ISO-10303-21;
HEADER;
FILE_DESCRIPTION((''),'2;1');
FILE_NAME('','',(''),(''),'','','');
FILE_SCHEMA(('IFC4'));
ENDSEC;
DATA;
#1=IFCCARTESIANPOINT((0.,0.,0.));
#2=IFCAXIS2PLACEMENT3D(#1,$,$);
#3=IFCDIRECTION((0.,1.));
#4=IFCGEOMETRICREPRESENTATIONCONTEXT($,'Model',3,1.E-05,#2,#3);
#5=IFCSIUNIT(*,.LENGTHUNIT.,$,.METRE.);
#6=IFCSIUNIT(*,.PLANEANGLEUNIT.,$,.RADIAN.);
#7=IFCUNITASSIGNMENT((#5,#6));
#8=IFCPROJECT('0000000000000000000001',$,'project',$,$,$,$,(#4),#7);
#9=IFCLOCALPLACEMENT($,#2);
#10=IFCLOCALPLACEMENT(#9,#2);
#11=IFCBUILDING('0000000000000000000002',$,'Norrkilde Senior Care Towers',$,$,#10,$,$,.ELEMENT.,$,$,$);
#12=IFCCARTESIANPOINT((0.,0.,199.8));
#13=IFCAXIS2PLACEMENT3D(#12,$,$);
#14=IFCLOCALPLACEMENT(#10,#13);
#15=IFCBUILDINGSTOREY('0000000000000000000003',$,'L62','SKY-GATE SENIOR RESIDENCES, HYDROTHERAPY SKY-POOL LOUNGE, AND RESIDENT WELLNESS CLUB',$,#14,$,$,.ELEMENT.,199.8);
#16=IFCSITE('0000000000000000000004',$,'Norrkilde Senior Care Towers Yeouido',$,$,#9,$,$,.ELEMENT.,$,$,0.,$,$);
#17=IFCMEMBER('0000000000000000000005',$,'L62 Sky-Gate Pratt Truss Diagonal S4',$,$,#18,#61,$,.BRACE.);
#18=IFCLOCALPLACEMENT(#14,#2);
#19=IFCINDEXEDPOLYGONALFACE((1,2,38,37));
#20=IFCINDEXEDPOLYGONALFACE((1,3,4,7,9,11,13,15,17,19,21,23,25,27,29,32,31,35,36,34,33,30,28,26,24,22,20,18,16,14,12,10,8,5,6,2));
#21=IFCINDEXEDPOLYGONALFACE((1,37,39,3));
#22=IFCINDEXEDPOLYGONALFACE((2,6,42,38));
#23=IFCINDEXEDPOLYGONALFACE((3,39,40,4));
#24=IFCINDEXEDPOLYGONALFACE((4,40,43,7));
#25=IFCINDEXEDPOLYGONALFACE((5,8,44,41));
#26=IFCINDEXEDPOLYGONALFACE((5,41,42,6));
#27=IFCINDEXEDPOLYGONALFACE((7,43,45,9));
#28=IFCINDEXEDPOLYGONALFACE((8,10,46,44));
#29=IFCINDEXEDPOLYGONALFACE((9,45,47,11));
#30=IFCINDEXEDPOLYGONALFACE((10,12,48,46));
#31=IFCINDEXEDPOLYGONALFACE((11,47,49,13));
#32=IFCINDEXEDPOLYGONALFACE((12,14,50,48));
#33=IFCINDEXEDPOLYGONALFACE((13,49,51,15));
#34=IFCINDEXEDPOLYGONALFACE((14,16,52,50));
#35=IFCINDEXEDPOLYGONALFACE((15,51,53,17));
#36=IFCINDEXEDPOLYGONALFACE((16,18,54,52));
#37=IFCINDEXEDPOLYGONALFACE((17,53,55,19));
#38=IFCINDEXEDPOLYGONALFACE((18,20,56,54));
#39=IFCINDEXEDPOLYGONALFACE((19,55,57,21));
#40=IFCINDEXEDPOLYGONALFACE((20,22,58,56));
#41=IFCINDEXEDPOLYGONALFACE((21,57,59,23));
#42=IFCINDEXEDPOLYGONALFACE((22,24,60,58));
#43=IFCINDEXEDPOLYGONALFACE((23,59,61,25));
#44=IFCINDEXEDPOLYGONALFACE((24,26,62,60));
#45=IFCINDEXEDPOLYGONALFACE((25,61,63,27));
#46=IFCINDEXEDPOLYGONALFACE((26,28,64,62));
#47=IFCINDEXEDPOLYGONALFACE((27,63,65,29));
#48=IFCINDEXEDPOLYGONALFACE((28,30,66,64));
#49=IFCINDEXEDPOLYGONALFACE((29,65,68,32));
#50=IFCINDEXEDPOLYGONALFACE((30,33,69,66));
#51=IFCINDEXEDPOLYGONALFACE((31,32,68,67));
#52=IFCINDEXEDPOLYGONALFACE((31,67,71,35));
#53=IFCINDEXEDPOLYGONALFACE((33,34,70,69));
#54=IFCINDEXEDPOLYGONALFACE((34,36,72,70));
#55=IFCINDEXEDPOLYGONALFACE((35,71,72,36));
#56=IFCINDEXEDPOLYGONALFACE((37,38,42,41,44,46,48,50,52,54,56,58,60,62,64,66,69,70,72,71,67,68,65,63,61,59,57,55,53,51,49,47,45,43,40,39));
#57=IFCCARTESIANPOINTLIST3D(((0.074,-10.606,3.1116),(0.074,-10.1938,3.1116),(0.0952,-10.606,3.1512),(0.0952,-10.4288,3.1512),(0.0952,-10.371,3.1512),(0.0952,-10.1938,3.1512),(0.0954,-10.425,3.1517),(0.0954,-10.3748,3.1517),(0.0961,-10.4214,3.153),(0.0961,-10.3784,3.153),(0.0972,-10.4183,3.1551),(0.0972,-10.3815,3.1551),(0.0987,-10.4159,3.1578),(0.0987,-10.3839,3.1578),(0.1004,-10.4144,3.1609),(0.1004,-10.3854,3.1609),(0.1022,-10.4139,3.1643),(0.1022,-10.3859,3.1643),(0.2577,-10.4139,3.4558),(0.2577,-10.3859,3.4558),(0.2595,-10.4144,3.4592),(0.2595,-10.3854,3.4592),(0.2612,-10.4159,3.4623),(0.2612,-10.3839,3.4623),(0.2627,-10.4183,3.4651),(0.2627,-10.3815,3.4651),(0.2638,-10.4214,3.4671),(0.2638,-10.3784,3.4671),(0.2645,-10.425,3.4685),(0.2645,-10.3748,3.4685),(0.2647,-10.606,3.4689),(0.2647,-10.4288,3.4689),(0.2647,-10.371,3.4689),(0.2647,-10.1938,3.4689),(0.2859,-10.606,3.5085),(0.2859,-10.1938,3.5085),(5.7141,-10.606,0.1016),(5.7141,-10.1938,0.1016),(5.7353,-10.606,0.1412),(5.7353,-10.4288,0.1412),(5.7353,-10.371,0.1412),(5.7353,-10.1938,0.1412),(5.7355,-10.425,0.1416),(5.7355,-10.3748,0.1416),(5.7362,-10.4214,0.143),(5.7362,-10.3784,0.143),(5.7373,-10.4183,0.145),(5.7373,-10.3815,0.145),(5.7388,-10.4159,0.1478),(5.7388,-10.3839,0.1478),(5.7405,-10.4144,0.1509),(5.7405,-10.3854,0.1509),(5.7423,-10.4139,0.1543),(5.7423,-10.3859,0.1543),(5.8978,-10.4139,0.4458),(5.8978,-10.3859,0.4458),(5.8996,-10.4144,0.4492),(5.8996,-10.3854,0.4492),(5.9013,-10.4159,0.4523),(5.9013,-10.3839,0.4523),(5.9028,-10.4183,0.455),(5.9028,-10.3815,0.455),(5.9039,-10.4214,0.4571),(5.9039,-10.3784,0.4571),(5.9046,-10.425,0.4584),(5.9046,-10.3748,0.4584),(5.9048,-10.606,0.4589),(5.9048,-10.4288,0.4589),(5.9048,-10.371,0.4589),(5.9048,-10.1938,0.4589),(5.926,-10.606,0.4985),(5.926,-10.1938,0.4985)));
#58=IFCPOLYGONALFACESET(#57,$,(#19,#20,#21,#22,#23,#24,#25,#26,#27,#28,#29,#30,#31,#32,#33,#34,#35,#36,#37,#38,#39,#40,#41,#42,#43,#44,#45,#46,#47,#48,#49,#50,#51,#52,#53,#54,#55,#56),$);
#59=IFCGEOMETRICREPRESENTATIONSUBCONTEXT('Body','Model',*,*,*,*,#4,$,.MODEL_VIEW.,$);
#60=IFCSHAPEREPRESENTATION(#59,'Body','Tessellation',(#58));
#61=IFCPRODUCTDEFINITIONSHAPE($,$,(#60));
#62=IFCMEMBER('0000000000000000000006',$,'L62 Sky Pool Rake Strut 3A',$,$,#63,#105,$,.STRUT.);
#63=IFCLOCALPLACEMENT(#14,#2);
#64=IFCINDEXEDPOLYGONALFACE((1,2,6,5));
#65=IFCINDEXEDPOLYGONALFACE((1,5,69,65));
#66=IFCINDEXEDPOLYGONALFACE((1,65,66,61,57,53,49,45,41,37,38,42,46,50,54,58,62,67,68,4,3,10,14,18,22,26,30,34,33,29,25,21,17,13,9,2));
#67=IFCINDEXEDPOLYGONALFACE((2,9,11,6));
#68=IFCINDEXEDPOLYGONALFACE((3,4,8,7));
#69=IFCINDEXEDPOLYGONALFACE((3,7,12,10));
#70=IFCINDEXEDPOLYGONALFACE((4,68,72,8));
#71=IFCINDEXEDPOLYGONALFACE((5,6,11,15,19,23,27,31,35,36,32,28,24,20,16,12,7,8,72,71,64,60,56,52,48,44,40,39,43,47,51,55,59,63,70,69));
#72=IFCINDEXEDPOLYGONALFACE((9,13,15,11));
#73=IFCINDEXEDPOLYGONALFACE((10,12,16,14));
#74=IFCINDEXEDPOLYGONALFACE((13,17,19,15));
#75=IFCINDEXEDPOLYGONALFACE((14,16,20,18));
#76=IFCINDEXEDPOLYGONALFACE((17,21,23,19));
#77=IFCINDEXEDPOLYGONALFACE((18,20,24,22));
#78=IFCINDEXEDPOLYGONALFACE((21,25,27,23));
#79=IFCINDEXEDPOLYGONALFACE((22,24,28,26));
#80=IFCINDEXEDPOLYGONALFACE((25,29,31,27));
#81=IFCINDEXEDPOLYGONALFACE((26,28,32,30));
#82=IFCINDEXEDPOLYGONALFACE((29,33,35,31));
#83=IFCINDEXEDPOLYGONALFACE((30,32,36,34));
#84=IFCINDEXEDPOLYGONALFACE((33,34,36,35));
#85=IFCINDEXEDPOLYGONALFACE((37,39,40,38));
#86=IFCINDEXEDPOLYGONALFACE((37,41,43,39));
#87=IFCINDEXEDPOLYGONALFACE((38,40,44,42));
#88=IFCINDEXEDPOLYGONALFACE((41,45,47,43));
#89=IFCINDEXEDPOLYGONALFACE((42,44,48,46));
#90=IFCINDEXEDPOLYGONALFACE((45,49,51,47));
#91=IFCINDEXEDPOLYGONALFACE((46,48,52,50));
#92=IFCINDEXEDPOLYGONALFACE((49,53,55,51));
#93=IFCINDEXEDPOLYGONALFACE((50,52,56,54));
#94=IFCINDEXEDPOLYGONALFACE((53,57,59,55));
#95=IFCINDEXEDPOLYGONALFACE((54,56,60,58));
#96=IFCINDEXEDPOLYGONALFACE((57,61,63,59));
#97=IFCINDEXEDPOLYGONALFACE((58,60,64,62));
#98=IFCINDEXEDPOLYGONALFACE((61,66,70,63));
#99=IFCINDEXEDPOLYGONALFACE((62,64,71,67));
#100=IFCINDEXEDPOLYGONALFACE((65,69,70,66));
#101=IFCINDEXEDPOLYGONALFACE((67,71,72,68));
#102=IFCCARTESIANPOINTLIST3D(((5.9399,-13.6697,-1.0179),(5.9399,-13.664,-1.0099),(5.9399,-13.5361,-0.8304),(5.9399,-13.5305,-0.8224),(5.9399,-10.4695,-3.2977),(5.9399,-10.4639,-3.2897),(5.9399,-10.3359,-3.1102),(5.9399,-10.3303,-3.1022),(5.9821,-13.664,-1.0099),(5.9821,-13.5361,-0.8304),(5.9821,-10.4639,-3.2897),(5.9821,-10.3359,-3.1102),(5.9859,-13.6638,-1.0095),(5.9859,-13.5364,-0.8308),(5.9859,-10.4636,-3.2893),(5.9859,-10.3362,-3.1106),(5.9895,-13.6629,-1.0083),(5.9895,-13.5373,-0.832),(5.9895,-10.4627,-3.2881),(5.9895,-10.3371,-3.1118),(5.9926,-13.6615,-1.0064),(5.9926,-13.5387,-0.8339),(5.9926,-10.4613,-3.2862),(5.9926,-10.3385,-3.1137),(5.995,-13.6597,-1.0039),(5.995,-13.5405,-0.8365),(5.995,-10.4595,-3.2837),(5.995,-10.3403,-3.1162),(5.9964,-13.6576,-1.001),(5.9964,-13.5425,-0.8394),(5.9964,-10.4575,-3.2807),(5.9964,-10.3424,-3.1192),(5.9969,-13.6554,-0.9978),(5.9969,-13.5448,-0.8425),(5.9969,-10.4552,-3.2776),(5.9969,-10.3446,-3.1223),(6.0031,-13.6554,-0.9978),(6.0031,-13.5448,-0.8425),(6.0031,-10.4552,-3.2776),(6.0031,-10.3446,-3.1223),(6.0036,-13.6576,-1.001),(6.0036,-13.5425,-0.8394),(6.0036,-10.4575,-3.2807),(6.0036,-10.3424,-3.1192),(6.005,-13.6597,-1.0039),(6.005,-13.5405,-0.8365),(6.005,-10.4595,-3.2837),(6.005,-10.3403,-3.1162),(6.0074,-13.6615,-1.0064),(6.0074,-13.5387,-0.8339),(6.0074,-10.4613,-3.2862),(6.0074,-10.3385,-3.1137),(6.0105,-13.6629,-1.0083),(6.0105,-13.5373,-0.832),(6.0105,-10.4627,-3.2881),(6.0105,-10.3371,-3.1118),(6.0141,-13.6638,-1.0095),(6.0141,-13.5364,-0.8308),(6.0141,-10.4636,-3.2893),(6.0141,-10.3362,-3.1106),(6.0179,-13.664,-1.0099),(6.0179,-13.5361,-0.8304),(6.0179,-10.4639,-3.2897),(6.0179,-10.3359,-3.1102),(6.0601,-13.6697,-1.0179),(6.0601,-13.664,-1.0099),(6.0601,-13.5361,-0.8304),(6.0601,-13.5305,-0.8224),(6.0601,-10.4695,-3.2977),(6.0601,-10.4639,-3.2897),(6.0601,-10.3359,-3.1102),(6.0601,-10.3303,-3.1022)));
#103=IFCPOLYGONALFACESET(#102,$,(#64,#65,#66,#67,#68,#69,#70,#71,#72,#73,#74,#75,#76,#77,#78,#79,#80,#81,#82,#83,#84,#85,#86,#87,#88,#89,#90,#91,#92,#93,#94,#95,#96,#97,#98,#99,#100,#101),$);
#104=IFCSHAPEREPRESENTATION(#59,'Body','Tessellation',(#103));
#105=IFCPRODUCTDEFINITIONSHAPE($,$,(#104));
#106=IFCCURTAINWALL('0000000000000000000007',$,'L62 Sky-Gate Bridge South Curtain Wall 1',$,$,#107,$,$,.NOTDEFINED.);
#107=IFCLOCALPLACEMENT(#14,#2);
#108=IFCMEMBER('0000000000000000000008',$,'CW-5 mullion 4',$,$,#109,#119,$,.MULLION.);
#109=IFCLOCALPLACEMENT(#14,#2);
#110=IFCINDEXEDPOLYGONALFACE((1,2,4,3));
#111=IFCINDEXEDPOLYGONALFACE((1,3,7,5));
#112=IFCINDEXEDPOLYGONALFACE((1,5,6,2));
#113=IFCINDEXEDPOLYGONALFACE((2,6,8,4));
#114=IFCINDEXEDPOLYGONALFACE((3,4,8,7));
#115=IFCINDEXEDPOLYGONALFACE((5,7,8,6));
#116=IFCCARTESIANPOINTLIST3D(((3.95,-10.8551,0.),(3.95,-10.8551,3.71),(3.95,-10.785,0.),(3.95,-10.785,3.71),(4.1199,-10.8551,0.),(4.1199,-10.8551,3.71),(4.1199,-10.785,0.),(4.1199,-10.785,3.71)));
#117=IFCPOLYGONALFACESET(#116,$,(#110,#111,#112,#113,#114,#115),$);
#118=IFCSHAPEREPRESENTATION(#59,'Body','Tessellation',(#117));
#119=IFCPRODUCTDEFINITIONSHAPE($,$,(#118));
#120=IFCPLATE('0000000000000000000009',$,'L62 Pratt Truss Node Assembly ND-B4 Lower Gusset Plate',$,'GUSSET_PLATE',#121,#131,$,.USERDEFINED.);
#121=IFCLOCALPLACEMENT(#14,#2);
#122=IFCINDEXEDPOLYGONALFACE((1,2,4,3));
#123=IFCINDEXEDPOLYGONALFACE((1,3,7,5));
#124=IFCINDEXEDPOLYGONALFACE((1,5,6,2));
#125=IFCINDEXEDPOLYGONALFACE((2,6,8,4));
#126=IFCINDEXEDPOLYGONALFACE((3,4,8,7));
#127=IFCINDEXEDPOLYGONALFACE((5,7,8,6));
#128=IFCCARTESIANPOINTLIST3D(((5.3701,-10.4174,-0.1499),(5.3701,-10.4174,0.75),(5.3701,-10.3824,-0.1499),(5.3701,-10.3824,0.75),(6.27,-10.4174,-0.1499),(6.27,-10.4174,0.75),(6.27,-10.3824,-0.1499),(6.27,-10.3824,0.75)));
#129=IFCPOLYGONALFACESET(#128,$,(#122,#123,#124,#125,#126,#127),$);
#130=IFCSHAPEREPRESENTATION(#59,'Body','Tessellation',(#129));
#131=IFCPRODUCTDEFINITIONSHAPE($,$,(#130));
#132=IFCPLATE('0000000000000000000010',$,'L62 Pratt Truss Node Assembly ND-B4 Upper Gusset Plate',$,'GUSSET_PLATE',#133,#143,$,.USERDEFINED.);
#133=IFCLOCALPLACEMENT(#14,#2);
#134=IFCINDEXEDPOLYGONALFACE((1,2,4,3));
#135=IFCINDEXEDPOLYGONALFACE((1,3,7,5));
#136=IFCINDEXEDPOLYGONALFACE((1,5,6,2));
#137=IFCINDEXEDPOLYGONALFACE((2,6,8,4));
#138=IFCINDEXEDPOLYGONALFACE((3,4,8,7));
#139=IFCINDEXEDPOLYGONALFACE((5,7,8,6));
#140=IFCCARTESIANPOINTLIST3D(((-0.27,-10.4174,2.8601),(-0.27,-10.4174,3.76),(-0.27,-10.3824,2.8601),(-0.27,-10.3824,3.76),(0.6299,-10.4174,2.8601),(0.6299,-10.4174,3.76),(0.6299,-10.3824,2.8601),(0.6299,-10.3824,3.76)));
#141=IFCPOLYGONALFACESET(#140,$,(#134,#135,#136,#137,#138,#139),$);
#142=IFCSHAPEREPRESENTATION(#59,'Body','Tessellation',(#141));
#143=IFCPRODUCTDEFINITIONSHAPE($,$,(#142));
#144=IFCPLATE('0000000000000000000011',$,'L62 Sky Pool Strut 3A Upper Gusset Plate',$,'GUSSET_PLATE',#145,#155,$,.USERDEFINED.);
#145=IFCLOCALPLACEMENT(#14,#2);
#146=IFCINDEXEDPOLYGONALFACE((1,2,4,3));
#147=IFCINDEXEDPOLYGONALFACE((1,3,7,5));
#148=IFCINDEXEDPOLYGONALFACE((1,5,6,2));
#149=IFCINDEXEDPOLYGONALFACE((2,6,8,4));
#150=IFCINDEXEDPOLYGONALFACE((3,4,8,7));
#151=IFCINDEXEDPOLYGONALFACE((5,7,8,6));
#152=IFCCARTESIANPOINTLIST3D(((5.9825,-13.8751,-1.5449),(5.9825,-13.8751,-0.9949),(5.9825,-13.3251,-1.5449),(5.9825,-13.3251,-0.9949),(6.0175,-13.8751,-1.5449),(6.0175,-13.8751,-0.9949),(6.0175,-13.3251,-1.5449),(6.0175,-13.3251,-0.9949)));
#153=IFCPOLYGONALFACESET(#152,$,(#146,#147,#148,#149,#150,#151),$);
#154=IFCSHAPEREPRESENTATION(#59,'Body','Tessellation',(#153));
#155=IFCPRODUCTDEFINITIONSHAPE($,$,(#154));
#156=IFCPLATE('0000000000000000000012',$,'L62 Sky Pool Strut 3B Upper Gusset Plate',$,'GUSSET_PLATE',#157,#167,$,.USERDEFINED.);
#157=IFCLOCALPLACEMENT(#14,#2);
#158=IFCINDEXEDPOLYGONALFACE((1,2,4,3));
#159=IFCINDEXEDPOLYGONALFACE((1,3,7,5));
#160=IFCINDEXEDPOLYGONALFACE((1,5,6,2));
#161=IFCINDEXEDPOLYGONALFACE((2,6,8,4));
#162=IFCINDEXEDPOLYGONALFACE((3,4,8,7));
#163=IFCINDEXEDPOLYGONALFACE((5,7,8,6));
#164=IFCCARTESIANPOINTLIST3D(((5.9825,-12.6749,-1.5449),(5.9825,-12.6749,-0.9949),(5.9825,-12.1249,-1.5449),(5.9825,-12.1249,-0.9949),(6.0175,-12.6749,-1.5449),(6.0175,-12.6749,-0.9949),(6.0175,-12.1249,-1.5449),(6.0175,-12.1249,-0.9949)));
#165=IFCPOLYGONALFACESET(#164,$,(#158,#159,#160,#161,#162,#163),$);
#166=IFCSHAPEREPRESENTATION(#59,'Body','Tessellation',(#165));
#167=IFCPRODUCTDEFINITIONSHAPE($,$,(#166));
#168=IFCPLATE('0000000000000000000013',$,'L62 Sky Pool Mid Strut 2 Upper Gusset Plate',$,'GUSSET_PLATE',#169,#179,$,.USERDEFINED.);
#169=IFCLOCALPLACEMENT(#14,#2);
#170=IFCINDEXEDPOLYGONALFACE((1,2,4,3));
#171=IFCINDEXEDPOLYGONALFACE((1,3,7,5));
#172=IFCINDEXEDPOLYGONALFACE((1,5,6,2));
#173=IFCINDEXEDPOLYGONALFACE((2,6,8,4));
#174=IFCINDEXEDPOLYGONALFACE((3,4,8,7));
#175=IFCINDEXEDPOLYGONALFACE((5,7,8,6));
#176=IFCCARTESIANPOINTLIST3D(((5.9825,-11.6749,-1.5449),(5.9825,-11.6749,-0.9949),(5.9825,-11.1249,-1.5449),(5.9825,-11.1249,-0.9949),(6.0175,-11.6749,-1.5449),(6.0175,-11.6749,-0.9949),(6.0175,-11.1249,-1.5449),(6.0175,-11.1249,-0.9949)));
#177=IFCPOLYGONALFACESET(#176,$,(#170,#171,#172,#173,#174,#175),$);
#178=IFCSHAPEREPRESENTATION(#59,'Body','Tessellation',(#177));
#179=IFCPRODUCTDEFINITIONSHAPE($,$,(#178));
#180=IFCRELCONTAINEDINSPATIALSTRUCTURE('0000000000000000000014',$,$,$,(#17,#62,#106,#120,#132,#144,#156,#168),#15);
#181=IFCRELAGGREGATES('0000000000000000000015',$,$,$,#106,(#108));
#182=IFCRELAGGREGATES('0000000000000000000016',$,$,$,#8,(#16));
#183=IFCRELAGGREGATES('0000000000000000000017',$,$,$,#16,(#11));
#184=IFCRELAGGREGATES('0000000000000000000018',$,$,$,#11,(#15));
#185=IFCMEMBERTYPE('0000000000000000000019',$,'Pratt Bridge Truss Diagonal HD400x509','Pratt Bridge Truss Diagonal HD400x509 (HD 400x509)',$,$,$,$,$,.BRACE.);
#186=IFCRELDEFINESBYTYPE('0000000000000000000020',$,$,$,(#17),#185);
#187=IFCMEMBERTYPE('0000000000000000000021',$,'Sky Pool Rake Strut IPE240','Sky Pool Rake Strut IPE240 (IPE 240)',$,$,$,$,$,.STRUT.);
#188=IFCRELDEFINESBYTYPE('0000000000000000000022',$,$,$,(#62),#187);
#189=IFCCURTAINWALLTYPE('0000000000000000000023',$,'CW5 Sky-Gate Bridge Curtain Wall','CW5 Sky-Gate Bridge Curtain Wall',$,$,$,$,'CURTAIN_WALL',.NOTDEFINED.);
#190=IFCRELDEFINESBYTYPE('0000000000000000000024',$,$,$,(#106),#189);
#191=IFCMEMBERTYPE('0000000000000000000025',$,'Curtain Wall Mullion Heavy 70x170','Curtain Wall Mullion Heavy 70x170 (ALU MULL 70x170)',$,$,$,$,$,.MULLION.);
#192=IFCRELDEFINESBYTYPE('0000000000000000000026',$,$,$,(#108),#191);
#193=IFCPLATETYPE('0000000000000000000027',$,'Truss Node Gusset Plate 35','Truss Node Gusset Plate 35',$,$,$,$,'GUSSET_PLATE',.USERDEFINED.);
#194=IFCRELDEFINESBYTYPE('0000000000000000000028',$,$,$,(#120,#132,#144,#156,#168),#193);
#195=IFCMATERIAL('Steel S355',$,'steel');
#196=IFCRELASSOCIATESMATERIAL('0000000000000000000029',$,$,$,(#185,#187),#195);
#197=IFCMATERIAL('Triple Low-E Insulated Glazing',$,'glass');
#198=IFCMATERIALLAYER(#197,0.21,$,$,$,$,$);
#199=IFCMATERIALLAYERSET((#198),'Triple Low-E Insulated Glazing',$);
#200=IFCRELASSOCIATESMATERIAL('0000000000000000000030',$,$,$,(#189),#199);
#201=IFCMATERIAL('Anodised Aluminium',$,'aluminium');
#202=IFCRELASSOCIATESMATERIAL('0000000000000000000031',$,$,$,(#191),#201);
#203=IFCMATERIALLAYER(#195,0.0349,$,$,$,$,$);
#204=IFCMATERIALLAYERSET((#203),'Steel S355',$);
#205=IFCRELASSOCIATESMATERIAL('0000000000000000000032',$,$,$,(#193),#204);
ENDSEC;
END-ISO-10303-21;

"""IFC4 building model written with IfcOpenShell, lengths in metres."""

from ifc_helpers import new_model, si_unit, direction, frame, origin, origin_2d, place, context, subcontext, project, spatial, rectangle, i_section, extrude, source, transform, mapped, material, layer, layer_set, material_profile, profile_set, type_object, type_shapes, element, aggregate, save


model = new_model("IFC4")

# Units and contexts
model_context = context("Model", 3, precision=1e-05, world=origin(), true_north=direction((0.0, 1.0)))
body_context = subcontext(model_context, "Body", "Model", "MODEL_VIEW")
ifc_project = project(units=[si_unit("LENGTHUNIT", "METRE"), si_unit("PLANEANGLEUNIT", "RADIAN")], contexts=[model_context])

# Site, building, storey
site_placement = place(None, origin())
site = spatial("IfcSite", under=ifc_project, at=site_placement, Name="Norrkilde Senior Care Towers Yeouido", CompositionType="ELEMENT", RefElevation=0.0)
building_placement = place(site_placement, origin())
building = spatial("IfcBuilding", under=site, at=building_placement, Name="Norrkilde Senior Care Towers", CompositionType="ELEMENT")
storey_placement = place(building_placement, frame((0.0, 0.0, 199.8)))
storey = spatial("IfcBuildingStorey", under=building, at=storey_placement, Name="L62", Description="SKY-GATE SENIOR RESIDENCES, HYDROTHERAPY SKY-POOL LOUNGE, AND RESIDENT WELLNESS CLUB", CompositionType="ELEMENT", Elevation=199.8)

# Shared definitions
ifc_material_1 = material(Name="Steel S355", Category="steel")

# Members
ifc_material_profile_1 = material_profile(ifc_material_1, i_section(OverallWidth=0.4121, OverallDepth=0.45, WebThickness=0.0281, FlangeThickness=0.0449, FilletRadius=0.0149, at=origin_2d()), Name="HD 400x509")
ifc_profile_set_1 = profile_set([ifc_material_profile_1], Name="Steel S355")
member_type_1 = type_object("IfcMemberType", Name="Pratt Bridge Truss Diagonal HD400x509", Description="Pratt Bridge Truss Diagonal HD400x509 (HD 400x509)", PredefinedType="BRACE", material=ifc_profile_set_1)
shared_shape_1 = source(origin(), body_context, "Body", "SweptSolid", [
    extrude(i_section(OverallWidth=0.4121, OverallDepth=0.45, WebThickness=0.0281, FlangeThickness=0.0449, FilletRadius=0.0149, at=origin_2d()), origin(), (0.0, 0.0, 1.0), 6.3931),
])
type_shapes(member_type_1, [shared_shape_1])
member_1_placement = place(storey_placement, frame((5.8201, -10.3999, 0.3), z_axis=(-0.882227, 0.0, 0.470824), x_axis=(0.0, -1.0, 0.0)))
element("IfcMember", 1, at=member_1_placement, inside=storey, type_object=member_type_1, Name="L62 Sky-Gate Pratt Truss Diagonal S4", PredefinedType="BRACE", context=body_context, shape_type="MappedRepresentation", body=[
    mapped(shared_shape_1, transform((0.0, 0.0, 0.0), x_axis=(1.0, 0.0, 0.0), y_axis=(0.0, 1.0, 0.0), z_axis=(0.0, 0.0, 1.0), scale=1.0)),
])
ifc_material_profile_2 = material_profile(ifc_material_1, i_section(OverallWidth=0.1201, OverallDepth=0.24, WebThickness=0.0061, FlangeThickness=0.0098, FilletRadius=0.0149, at=origin_2d()), Name="IPE 240")
ifc_profile_set_2 = profile_set([ifc_material_profile_2], Name="Steel S355")
member_type_2 = type_object("IfcMemberType", Name="Sky Pool Rake Strut IPE240", Description="Sky Pool Rake Strut IPE240 (IPE 240)", PredefinedType="STRUT", material=ifc_profile_set_2)
shared_shape_2 = source(origin(), body_context, "Body", "SweptSolid", [
    extrude(i_section(OverallWidth=0.1201, OverallDepth=0.24, WebThickness=0.0061, FlangeThickness=0.0098, FilletRadius=0.0149, at=origin_2d()), origin(), (0.0, 0.0, 1.0), 3.9292),
])
type_shapes(member_type_2, [shared_shape_2])
member_2_placement = place(storey_placement, frame((6.0, -10.3999, -3.2), z_axis=(0.0, -0.814463, 0.580215), x_axis=(1.0, 0.0, 0.0)))
element("IfcMember", 2, at=member_2_placement, inside=storey, type_object=member_type_2, Name="L62 Sky Pool Rake Strut 3A", PredefinedType="STRUT", context=body_context, shape_type="MappedRepresentation", body=[
    mapped(shared_shape_2, transform((0.0, 0.0, 0.0), x_axis=(1.0, 0.0, 0.0), y_axis=(0.0, 1.0, 0.0), z_axis=(0.0, 0.0, 1.0), scale=1.0)),
])

# Curtain wall, member
ifc_material_2 = material(Name="Triple Low-E Insulated Glazing", Category="glass")
ifc_layer_1 = layer(ifc_material_2, 0.21)
ifc_layer_set_1 = layer_set([ifc_layer_1], Name="Triple Low-E Insulated Glazing")
curtain_wall_type = type_object("IfcCurtainWallType", Name="CW5 Sky-Gate Bridge Curtain Wall", Description="CW5 Sky-Gate Bridge Curtain Wall", ElementType="CURTAIN_WALL", PredefinedType="NOTDEFINED", material=ifc_layer_set_1)
curtain_wall_placement = place(storey_placement, origin())
curtain_wall = element("IfcCurtainWall", 3, at=curtain_wall_placement, inside=storey, type_object=curtain_wall_type, Name="L62 Sky-Gate Bridge South Curtain Wall 1", PredefinedType="NOTDEFINED")
ifc_material_3 = material(Name="Anodised Aluminium", Category="aluminium")
ifc_material_profile_3 = material_profile(ifc_material_3, rectangle(XDim=0.0701, YDim=0.1699, at=origin_2d()), Name="ALU MULL 70x170")
ifc_profile_set_3 = profile_set([ifc_material_profile_3], Name="Anodised Aluminium")
member_type_3 = type_object("IfcMemberType", Name="Curtain Wall Mullion Heavy 70x170", Description="Curtain Wall Mullion Heavy 70x170 (ALU MULL 70x170)", PredefinedType="MULLION", material=ifc_profile_set_3)
shared_shape_3 = source(origin(), body_context, "Body", "SweptSolid", [
    extrude(rectangle(XDim=0.0701, YDim=0.1699, at=origin_2d()), origin(), (0.0, 0.0, 1.0), 3.71),
])
type_shapes(member_type_3, [shared_shape_3])
member_3_placement = place(storey_placement, frame((4.0349, -10.8201, 0.0), z_axis=(0.0, 0.0, 1.0), x_axis=(0.0, -1.0, 0.0)))
member_3 = element("IfcMember", 4, at=member_3_placement, type_object=member_type_3, Name="CW-5 mullion 4", PredefinedType="MULLION", context=body_context, shape_type="MappedRepresentation", body=[
    mapped(shared_shape_3, transform((0.0, 0.0, 0.0), x_axis=(1.0, 0.0, 0.0), y_axis=(0.0, 1.0, 0.0), z_axis=(0.0, 0.0, 1.0), scale=1.0)),
])
aggregate(curtain_wall, [member_3])

# Plates
ifc_layer_2 = layer(ifc_material_1, 0.0349)
ifc_layer_set_2 = layer_set([ifc_layer_2], Name="Steel S355")
plate_type = type_object("IfcPlateType", Name="Truss Node Gusset Plate 35", Description="Truss Node Gusset Plate 35", ElementType="GUSSET_PLATE", PredefinedType="USERDEFINED", material=ifc_layer_set_2)
shared_shape_4 = source(origin(), body_context, "Body", "SweptSolid", [
    extrude(rectangle(XDim=0.8999, YDim=0.0349, at=origin_2d()), origin(), (0.0, 0.0, 1.0), 0.8999),
])
for number, where, z_axis, x_axis, name in (
    (5, (5.8201, -10.3999, -0.1499), (0.0, 0.0, 1.0), (1.0, 0.0, 0.0), "L62 Pratt Truss Node Assembly ND-B4 Lower Gusset Plate"),
    (6, (0.1799, -10.3999, 2.8601), (0.0, 0.0, 1.0), (1.0, 0.0, 0.0), "L62 Pratt Truss Node Assembly ND-B4 Upper Gusset Plate"),
):
    element("IfcPlate", number, at=place(storey_placement, frame(where, z_axis=z_axis, x_axis=x_axis)), inside=storey, type_object=plate_type, Name=name, ObjectType="GUSSET_PLATE", PredefinedType="USERDEFINED", context=body_context, shape_type="MappedRepresentation", body=[
        mapped(shared_shape_4, transform((0.0, 0.0, 0.0), x_axis=(1.0, 0.0, 0.0), y_axis=(0.0, 1.0, 0.0), z_axis=(0.0, 0.0, 1.0), scale=1.0)),
    ])
shared_shape_5 = source(origin(), body_context, "Body", "SweptSolid", [
    extrude(rectangle(XDim=0.0349, YDim=0.55, at=origin_2d()), origin(), (0.0, 0.0, 1.0), 0.55),
])
type_shapes(plate_type, [shared_shape_4, shared_shape_5])
for number, where, z_axis, x_axis, name in (
    (7, (6.0, -13.6001, -1.5449), (0.0, 0.0, 1.0), (1.0, 0.0, 0.0), "L62 Sky Pool Strut 3A Upper Gusset Plate"),
    (8, (6.0, -12.3999, -1.5449), (0.0, 0.0, 1.0), (1.0, 0.0, 0.0), "L62 Sky Pool Strut 3B Upper Gusset Plate"),
    (9, (6.0, -11.3999, -1.5449), (0.0, 0.0, 1.0), (1.0, 0.0, 0.0), "L62 Sky Pool Mid Strut 2 Upper Gusset Plate"),
):
    element("IfcPlate", number, at=place(storey_placement, frame(where, z_axis=z_axis, x_axis=x_axis)), inside=storey, type_object=plate_type, Name=name, ObjectType="GUSSET_PLATE", PredefinedType="USERDEFINED", context=body_context, shape_type="MappedRepresentation", body=[
        mapped(shared_shape_5, transform((0.0, 0.0, 0.0), x_axis=(1.0, 0.0, 0.0), y_axis=(0.0, 1.0, 0.0), z_axis=(0.0, 0.0, 1.0), scale=1.0)),
    ])

save(model, "model.ifc")
